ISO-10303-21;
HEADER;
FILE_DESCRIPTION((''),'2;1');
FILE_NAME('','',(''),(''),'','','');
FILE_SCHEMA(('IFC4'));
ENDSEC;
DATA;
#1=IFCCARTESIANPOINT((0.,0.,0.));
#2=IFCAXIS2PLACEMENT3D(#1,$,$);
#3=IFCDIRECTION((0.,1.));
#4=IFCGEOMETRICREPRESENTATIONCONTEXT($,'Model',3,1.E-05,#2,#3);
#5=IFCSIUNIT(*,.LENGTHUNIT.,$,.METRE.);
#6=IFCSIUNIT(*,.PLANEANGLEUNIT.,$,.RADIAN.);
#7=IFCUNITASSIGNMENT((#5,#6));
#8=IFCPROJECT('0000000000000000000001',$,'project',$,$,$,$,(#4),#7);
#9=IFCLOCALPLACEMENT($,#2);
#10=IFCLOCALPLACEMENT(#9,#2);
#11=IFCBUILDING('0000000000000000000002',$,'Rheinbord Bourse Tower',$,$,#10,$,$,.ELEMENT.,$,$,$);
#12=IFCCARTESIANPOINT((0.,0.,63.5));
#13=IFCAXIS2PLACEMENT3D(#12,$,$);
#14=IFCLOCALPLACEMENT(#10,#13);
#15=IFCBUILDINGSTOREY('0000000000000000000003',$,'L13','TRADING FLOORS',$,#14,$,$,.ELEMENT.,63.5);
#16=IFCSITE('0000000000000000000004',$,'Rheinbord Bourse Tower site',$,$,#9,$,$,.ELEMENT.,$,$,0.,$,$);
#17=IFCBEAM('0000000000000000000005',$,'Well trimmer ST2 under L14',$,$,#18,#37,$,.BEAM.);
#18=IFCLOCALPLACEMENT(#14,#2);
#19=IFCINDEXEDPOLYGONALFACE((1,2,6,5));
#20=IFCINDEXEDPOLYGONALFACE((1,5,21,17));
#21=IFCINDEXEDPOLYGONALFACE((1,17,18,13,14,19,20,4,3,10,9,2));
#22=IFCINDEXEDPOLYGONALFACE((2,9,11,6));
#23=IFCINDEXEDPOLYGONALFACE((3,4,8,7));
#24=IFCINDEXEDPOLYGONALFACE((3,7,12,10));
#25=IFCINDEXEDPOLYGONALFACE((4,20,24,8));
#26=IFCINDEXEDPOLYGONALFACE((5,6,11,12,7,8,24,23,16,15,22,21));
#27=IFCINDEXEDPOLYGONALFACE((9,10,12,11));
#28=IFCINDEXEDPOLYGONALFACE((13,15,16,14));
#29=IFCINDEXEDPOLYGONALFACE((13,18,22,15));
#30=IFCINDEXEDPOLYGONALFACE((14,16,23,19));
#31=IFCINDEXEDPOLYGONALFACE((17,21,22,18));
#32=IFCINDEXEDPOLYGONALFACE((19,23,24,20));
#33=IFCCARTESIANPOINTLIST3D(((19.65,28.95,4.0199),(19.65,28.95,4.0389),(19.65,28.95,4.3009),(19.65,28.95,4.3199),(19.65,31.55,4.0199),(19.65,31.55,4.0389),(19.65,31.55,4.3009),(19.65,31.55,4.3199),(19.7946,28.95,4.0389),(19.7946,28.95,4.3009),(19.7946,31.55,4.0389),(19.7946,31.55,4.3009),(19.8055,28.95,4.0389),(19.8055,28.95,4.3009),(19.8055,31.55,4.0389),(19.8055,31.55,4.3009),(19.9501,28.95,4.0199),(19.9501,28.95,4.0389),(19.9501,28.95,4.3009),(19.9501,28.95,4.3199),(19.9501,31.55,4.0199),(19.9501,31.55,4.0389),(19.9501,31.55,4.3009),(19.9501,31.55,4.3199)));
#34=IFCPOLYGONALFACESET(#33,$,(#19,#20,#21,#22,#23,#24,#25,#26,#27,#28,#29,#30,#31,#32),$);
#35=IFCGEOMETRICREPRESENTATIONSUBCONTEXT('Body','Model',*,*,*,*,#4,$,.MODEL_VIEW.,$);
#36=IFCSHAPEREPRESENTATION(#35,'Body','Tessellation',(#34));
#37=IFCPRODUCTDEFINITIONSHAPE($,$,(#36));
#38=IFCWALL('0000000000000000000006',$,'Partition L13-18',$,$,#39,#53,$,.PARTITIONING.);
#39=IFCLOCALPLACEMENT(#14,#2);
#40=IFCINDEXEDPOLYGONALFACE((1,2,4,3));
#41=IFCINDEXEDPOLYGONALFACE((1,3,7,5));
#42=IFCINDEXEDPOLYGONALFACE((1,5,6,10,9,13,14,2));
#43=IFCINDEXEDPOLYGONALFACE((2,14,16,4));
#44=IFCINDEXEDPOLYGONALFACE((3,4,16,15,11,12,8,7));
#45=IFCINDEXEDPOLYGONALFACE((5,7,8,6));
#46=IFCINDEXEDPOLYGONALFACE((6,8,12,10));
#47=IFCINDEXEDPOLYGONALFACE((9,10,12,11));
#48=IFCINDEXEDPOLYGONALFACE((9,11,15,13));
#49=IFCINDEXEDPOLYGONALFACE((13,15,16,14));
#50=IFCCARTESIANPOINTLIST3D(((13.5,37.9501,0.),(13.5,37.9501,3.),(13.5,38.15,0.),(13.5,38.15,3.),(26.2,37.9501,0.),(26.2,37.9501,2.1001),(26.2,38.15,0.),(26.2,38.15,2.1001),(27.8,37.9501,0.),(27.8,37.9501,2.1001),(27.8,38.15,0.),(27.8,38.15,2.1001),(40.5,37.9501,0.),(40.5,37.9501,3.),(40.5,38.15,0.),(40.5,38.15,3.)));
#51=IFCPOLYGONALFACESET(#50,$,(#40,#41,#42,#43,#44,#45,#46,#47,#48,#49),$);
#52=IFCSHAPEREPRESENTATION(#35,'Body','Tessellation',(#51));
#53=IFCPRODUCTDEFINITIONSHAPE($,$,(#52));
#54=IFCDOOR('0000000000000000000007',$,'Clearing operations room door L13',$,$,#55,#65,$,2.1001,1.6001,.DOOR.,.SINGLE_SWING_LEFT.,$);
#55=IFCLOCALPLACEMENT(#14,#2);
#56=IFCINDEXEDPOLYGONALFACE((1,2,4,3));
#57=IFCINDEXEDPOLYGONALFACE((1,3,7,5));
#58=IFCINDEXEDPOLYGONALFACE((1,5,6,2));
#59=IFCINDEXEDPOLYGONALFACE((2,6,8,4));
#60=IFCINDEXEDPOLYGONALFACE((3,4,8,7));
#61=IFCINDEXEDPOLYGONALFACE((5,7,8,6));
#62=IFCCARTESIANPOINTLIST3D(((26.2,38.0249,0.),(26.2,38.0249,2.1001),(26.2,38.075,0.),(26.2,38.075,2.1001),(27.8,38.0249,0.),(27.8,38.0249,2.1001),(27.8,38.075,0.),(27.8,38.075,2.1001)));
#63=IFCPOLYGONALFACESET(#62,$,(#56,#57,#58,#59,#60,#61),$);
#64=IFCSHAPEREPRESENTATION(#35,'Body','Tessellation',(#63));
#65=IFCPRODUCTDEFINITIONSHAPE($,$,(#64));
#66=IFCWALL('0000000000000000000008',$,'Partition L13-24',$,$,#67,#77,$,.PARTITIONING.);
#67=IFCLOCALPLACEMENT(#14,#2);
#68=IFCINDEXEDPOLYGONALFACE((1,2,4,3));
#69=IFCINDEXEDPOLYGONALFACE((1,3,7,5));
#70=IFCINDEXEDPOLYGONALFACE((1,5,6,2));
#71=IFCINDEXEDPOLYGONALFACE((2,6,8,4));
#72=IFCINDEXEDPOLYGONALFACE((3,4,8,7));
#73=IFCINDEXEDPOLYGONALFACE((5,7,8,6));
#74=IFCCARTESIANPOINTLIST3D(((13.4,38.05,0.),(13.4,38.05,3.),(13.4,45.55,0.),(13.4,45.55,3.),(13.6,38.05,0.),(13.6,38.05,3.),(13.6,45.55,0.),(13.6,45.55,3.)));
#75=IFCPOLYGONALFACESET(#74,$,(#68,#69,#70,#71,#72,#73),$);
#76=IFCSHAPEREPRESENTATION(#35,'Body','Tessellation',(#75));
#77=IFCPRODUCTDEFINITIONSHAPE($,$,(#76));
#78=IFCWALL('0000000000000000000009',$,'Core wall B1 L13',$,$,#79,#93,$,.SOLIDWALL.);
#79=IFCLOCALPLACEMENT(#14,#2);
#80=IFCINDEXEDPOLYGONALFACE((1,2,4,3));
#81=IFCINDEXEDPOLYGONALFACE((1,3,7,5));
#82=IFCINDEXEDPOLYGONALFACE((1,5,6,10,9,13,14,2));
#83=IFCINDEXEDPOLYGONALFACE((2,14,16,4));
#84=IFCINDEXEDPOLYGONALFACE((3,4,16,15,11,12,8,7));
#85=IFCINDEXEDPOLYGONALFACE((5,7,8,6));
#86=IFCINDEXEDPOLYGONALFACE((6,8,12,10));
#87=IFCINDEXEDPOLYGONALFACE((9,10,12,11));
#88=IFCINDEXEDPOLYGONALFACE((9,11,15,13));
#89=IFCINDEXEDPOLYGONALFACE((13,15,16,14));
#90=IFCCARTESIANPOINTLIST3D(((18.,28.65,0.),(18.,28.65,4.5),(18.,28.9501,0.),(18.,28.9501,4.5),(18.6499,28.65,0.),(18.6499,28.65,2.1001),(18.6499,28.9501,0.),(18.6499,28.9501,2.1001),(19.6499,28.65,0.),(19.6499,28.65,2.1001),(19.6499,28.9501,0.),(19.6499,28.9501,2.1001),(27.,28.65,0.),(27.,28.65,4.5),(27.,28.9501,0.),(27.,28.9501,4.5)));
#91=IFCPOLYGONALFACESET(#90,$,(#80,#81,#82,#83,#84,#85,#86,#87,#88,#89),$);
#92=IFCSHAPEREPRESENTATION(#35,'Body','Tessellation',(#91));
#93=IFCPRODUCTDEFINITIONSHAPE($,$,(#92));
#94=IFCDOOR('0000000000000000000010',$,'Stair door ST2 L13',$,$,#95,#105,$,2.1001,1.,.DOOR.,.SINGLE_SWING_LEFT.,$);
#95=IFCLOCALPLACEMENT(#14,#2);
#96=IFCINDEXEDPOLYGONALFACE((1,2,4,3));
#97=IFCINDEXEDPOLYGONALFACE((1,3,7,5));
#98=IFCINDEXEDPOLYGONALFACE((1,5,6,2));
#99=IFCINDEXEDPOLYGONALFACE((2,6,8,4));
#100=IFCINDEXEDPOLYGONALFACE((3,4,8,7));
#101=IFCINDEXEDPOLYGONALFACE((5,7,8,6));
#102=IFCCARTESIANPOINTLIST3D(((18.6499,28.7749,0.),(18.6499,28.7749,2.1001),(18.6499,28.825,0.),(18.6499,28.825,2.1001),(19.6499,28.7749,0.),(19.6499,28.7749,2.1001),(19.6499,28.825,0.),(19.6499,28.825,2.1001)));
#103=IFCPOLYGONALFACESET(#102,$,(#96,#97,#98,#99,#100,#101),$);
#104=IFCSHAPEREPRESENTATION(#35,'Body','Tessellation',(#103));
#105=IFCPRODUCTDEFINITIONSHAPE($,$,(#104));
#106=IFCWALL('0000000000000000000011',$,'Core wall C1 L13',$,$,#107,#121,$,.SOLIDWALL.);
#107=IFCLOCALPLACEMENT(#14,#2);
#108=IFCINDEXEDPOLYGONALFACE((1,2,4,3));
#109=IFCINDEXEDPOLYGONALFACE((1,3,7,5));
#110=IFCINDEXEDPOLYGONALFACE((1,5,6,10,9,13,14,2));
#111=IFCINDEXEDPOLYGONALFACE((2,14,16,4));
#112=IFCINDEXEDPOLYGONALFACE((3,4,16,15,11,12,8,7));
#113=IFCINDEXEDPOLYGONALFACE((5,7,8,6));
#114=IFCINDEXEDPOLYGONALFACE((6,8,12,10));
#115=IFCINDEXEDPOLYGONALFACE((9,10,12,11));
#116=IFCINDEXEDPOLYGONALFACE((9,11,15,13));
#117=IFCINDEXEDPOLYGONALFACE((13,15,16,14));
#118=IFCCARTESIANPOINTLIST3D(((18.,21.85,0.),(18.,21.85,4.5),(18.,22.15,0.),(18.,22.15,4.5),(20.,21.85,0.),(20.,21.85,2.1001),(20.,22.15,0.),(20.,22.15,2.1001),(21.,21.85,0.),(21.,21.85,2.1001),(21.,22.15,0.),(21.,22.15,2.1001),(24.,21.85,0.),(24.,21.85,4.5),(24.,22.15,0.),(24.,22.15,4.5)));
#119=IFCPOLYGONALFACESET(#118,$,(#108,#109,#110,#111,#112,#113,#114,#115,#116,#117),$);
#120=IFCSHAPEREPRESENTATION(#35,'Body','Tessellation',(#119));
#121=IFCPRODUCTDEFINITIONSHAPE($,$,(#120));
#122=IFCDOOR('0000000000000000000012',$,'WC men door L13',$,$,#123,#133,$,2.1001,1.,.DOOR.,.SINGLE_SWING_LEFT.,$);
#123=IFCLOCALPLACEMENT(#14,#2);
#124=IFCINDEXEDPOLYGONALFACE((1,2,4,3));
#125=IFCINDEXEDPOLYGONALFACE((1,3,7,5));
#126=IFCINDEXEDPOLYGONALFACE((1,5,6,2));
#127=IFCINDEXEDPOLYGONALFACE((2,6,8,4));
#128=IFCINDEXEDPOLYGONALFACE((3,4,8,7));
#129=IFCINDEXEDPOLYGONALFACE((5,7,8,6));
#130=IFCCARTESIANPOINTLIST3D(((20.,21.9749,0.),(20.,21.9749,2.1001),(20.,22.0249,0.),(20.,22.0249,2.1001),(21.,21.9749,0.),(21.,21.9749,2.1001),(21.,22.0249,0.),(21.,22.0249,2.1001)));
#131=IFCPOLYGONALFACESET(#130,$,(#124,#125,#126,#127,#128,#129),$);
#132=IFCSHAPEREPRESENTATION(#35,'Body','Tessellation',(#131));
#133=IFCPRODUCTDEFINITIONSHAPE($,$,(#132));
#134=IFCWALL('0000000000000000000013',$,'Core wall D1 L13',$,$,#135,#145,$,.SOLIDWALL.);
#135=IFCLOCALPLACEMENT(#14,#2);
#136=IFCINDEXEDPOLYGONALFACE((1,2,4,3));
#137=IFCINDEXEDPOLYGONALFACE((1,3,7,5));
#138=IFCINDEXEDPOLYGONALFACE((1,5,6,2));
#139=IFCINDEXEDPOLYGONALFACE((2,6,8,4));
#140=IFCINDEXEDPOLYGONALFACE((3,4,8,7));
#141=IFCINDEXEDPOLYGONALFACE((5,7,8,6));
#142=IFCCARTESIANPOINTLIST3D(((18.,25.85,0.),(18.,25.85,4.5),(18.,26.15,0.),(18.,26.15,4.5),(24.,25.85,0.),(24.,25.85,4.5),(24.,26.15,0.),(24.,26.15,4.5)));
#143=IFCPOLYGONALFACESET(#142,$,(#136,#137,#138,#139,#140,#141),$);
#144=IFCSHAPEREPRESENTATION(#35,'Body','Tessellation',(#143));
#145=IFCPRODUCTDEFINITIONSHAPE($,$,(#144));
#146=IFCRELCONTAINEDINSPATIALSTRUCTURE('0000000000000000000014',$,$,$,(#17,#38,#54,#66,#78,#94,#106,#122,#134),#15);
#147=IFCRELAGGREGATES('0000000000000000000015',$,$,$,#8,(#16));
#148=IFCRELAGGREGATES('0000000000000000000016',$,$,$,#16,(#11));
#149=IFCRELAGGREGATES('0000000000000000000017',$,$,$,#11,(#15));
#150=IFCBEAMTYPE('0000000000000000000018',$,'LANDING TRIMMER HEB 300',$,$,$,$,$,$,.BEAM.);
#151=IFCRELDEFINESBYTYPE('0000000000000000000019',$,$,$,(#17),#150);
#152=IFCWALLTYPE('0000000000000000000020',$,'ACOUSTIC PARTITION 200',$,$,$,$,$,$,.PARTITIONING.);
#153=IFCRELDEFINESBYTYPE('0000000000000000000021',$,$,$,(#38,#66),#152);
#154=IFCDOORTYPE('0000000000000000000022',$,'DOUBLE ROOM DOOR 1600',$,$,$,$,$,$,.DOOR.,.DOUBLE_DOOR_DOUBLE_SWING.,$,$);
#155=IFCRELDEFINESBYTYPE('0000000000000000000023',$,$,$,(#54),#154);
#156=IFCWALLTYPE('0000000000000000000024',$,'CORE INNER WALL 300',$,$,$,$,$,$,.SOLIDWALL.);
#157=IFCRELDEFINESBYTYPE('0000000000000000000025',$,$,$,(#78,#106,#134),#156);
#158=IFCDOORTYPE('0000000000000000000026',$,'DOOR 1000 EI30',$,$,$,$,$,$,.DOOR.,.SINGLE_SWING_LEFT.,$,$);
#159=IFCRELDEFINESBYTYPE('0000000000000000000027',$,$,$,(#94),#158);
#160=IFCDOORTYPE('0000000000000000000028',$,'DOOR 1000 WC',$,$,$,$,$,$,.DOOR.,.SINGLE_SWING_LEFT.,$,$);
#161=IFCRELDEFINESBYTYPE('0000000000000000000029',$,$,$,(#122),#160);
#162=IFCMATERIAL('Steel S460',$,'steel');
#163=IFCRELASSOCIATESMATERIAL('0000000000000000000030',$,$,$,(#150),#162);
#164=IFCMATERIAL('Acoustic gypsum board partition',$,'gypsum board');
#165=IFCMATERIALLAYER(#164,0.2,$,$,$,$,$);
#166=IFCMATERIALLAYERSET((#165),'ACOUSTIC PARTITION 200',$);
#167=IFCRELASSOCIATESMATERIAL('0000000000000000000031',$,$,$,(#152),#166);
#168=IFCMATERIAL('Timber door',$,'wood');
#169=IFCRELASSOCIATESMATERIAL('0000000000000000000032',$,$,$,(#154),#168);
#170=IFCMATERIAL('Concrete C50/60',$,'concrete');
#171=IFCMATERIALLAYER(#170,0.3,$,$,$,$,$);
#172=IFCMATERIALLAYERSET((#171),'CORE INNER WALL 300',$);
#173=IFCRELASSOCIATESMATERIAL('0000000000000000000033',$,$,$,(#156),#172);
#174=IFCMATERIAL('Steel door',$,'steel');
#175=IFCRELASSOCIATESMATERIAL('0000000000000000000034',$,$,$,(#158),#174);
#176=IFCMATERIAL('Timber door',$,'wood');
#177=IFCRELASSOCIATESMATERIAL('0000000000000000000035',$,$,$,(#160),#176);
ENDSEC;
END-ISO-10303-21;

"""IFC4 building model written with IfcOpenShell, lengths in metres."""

from ifc_helpers import new_model, si_unit, direction, frame, frame_2d, origin, origin_2d, place, context, subcontext, project, spatial, rectangle, i_section, extrude, material, layer, layer_set, material_profile, profile_set, type_object, element, fill, save


model = new_model("IFC4")

# Units and contexts
model_context = context("Model", 3, precision=1e-05, world=origin(), true_north=direction((0.0, 1.0)))
body_context = subcontext(model_context, "Body", "Model", "MODEL_VIEW")
ifc_project = project(units=[si_unit("LENGTHUNIT", "METRE"), si_unit("PLANEANGLEUNIT", "RADIAN")], contexts=[model_context])

# Site, building, storey
site_placement = place(None, origin())
site = spatial("IfcSite", under=ifc_project, at=site_placement, Name="Rheinbord Bourse Tower site", CompositionType="ELEMENT", RefElevation=0.0)
building_placement = place(site_placement, origin())
building = spatial("IfcBuilding", under=site, at=building_placement, Name="Rheinbord Bourse Tower", CompositionType="ELEMENT")
storey_placement = place(building_placement, frame((0.0, 0.0, 63.5)))
storey = spatial("IfcBuildingStorey", under=building, at=storey_placement, Name="L13", Description="TRADING FLOORS", CompositionType="ELEMENT", Elevation=63.5)

# Beam
ifc_material_1 = material(Name="Steel S460", Category="steel")
ifc_material_profile = material_profile(ifc_material_1, i_section(OverallWidth=0.3, OverallDepth=0.3, WebThickness=0.011, FlangeThickness=0.019, at=origin_2d()), Name="HEB 300")
ifc_profile_set = profile_set([ifc_material_profile], Name="Steel S460")
beam_type = type_object("IfcBeamType", Name="LANDING TRIMMER HEB 300", PredefinedType="BEAM", material=ifc_profile_set)
beam_placement = place(storey_placement, frame((19.8, 28.95, 4.1699), z_axis=(0.0, 1.0, 0.0), x_axis=(-1.0, 0.0, 0.0)))
element("IfcBeam", 1, at=beam_placement, inside=storey, type_object=beam_type, Name="Well trimmer ST2 under L14", PredefinedType="BEAM", context=body_context, shape_type="SweptSolid", body=[
    extrude(i_section(OverallWidth=0.3, OverallDepth=0.3, WebThickness=0.011, FlangeThickness=0.019, at=origin_2d()), origin(), (0.0, 0.0, 1.0), 2.6001),
])

# Wall, opening, door
ifc_material_2 = material(Name="Acoustic gypsum board partition", Category="gypsum board")
ifc_layer_1 = layer(ifc_material_2, 0.2)
ifc_layer_set_1 = layer_set([ifc_layer_1], Name="ACOUSTIC PARTITION 200")
wall_type_1 = type_object("IfcWallType", Name="ACOUSTIC PARTITION 200", PredefinedType="PARTITIONING", material=ifc_layer_set_1)
wall_1_placement = place(storey_placement, frame((13.5, 38.05, 0.0), z_axis=(0.0, 0.0, 1.0), x_axis=(1.0, 0.0, 0.0)))
wall_1 = element("IfcWall", 2, at=wall_1_placement, inside=storey, type_object=wall_type_1, Name="Partition L13-18", PredefinedType="PARTITIONING", context=body_context, shape_type="SweptSolid", body=[
    extrude(rectangle(XDim=27.0, YDim=0.2, at=frame_2d((13.5, 0.0))), origin(), (0.0, 0.0, 1.0), 3.0),
])
opening_1_placement = place(wall_1_placement, frame((12.7, 0.0, 0.0)))
opening_1 = element("IfcOpeningElement", 3, at=opening_1_placement, cuts=wall_1, PredefinedType="OPENING", context=body_context, shape_type="SweptSolid", body=[
    extrude(rectangle(XDim=1.6001, YDim=2.1001, at=frame_2d((0.8, 1.05))), frame((0.0, 0.1099, 0.0), z_axis=(0.0, -1.0, 0.0), x_axis=(1.0, 0.0, 0.0)), (0.0, 0.0, 1.0), 0.22),
])
ifc_material_3 = material(Name="Timber door", Category="wood")
door_type_1 = type_object("IfcDoorType", Name="DOUBLE ROOM DOOR 1600", OperationType="DOUBLE_DOOR_DOUBLE_SWING", PredefinedType="DOOR", material=ifc_material_3)
door_1_placement = place(opening_1_placement, origin())
door_1 = element("IfcDoor", 4, at=door_1_placement, inside=storey, type_object=door_type_1, Name="Clearing operations room door L13", OperationType="SINGLE_SWING_LEFT", OverallHeight=2.1001, OverallWidth=1.6001, PredefinedType="DOOR", context=body_context, shape_type="SweptSolid", body=[
    extrude(rectangle(XDim=1.6001, YDim=2.1001, at=frame_2d((0.8, 1.05))), frame((0.0, 0.0249, 0.0), z_axis=(0.0, -1.0, 0.0), x_axis=(1.0, 0.0, 0.0)), (0.0, 0.0, 1.0), 0.05),
])
fill(opening_1, door_1)

# Wall
wall_2_placement = place(storey_placement, frame((13.5, 38.05, 0.0), z_axis=(0.0, 0.0, 1.0), x_axis=(0.0, 1.0, 0.0)))
element("IfcWall", 5, at=wall_2_placement, inside=storey, type_object=wall_type_1, Name="Partition L13-24", PredefinedType="PARTITIONING", context=body_context, shape_type="SweptSolid", body=[
    extrude(rectangle(XDim=7.5, YDim=0.2, at=frame_2d((3.75, 0.0))), origin(), (0.0, 0.0, 1.0), 3.0),
])

# Walls, openings, doors
ifc_material_4 = material(Name="Concrete C50/60", Category="concrete")
ifc_layer_2 = layer(ifc_material_4, 0.3)
ifc_layer_set_2 = layer_set([ifc_layer_2], Name="CORE INNER WALL 300")
wall_type_2 = type_object("IfcWallType", Name="CORE INNER WALL 300", PredefinedType="SOLIDWALL", material=ifc_layer_set_2)
wall_3_placement = place(storey_placement, frame((18.0, 28.8, 0.0), z_axis=(0.0, 0.0, 1.0), x_axis=(1.0, 0.0, 0.0)))
wall_3 = element("IfcWall", 6, at=wall_3_placement, inside=storey, type_object=wall_type_2, Name="Core wall B1 L13", PredefinedType="SOLIDWALL", context=body_context, shape_type="SweptSolid", body=[
    extrude(rectangle(XDim=9.0, YDim=0.3, at=frame_2d((4.5, 0.0))), origin(), (0.0, 0.0, 1.0), 4.5),
])
opening_2_placement = place(wall_3_placement, frame((0.6499, 0.0, 0.0)))
opening_2 = element("IfcOpeningElement", 7, at=opening_2_placement, cuts=wall_3, PredefinedType="OPENING", context=body_context, shape_type="SweptSolid", body=[
    extrude(rectangle(XDim=1.0, YDim=2.1001, at=frame_2d((0.5, 1.05))), frame((0.0, 0.1599, 0.0), z_axis=(0.0, -1.0, 0.0), x_axis=(1.0, 0.0, 0.0)), (0.0, 0.0, 1.0), 0.3201),
])
ifc_material_5 = material(Name="Steel door", Category="steel")
door_type_2 = type_object("IfcDoorType", Name="DOOR 1000 EI30", OperationType="SINGLE_SWING_LEFT", PredefinedType="DOOR", material=ifc_material_5)
door_2_placement = place(opening_2_placement, origin())
door_2 = element("IfcDoor", 8, at=door_2_placement, inside=storey, type_object=door_type_2, Name="Stair door ST2 L13", OperationType="SINGLE_SWING_LEFT", OverallHeight=2.1001, OverallWidth=1.0, PredefinedType="DOOR", context=body_context, shape_type="SweptSolid", body=[
    extrude(rectangle(XDim=1.0, YDim=2.1001, at=frame_2d((0.5, 1.05))), frame((0.0, 0.0249, 0.0), z_axis=(0.0, -1.0, 0.0), x_axis=(1.0, 0.0, 0.0)), (0.0, 0.0, 1.0), 0.05),
])
fill(opening_2, door_2)
wall_4_placement = place(storey_placement, frame((18.0, 22.0, 0.0), z_axis=(0.0, 0.0, 1.0), x_axis=(1.0, 0.0, 0.0)))
wall_4 = element("IfcWall", 9, at=wall_4_placement, inside=storey, type_object=wall_type_2, Name="Core wall C1 L13", PredefinedType="SOLIDWALL", context=body_context, shape_type="SweptSolid", body=[
    extrude(rectangle(XDim=6.0, YDim=0.3, at=frame_2d((3.0, 0.0))), origin(), (0.0, 0.0, 1.0), 4.5),
])
opening_3_placement = place(wall_4_placement, frame((2.0, 0.0, 0.0)))
opening_3 = element("IfcOpeningElement", 10, at=opening_3_placement, cuts=wall_4, PredefinedType="OPENING", context=body_context, shape_type="SweptSolid", body=[
    extrude(rectangle(XDim=1.0, YDim=2.1001, at=frame_2d((0.5, 1.05))), frame((0.0, 0.1599, 0.0), z_axis=(0.0, -1.0, 0.0), x_axis=(1.0, 0.0, 0.0)), (0.0, 0.0, 1.0), 0.3201),
])
ifc_material_6 = material(Name="Timber door", Category="wood")
door_type_3 = type_object("IfcDoorType", Name="DOOR 1000 WC", OperationType="SINGLE_SWING_LEFT", PredefinedType="DOOR", material=ifc_material_6)
door_3_placement = place(opening_3_placement, origin())
door_3 = element("IfcDoor", 11, at=door_3_placement, inside=storey, type_object=door_type_3, Name="WC men door L13", OperationType="SINGLE_SWING_LEFT", OverallHeight=2.1001, OverallWidth=1.0, PredefinedType="DOOR", context=body_context, shape_type="SweptSolid", body=[
    extrude(rectangle(XDim=1.0, YDim=2.1001, at=frame_2d((0.5, 1.05))), frame((0.0, 0.0249, 0.0), z_axis=(0.0, -1.0, 0.0), x_axis=(1.0, 0.0, 0.0)), (0.0, 0.0, 1.0), 0.05),
])
fill(opening_3, door_3)

# Wall
wall_5_placement = place(storey_placement, frame((18.0, 26.0, 0.0), z_axis=(0.0, 0.0, 1.0), x_axis=(1.0, 0.0, 0.0)))
element("IfcWall", 12, at=wall_5_placement, inside=storey, type_object=wall_type_2, Name="Core wall D1 L13", PredefinedType="SOLIDWALL", context=body_context, shape_type="SweptSolid", body=[
    extrude(rectangle(XDim=6.0, YDim=0.3, at=frame_2d((3.0, 0.0))), origin(), (0.0, 0.0, 1.0), 4.5),
])

save(model, "model.ifc")
